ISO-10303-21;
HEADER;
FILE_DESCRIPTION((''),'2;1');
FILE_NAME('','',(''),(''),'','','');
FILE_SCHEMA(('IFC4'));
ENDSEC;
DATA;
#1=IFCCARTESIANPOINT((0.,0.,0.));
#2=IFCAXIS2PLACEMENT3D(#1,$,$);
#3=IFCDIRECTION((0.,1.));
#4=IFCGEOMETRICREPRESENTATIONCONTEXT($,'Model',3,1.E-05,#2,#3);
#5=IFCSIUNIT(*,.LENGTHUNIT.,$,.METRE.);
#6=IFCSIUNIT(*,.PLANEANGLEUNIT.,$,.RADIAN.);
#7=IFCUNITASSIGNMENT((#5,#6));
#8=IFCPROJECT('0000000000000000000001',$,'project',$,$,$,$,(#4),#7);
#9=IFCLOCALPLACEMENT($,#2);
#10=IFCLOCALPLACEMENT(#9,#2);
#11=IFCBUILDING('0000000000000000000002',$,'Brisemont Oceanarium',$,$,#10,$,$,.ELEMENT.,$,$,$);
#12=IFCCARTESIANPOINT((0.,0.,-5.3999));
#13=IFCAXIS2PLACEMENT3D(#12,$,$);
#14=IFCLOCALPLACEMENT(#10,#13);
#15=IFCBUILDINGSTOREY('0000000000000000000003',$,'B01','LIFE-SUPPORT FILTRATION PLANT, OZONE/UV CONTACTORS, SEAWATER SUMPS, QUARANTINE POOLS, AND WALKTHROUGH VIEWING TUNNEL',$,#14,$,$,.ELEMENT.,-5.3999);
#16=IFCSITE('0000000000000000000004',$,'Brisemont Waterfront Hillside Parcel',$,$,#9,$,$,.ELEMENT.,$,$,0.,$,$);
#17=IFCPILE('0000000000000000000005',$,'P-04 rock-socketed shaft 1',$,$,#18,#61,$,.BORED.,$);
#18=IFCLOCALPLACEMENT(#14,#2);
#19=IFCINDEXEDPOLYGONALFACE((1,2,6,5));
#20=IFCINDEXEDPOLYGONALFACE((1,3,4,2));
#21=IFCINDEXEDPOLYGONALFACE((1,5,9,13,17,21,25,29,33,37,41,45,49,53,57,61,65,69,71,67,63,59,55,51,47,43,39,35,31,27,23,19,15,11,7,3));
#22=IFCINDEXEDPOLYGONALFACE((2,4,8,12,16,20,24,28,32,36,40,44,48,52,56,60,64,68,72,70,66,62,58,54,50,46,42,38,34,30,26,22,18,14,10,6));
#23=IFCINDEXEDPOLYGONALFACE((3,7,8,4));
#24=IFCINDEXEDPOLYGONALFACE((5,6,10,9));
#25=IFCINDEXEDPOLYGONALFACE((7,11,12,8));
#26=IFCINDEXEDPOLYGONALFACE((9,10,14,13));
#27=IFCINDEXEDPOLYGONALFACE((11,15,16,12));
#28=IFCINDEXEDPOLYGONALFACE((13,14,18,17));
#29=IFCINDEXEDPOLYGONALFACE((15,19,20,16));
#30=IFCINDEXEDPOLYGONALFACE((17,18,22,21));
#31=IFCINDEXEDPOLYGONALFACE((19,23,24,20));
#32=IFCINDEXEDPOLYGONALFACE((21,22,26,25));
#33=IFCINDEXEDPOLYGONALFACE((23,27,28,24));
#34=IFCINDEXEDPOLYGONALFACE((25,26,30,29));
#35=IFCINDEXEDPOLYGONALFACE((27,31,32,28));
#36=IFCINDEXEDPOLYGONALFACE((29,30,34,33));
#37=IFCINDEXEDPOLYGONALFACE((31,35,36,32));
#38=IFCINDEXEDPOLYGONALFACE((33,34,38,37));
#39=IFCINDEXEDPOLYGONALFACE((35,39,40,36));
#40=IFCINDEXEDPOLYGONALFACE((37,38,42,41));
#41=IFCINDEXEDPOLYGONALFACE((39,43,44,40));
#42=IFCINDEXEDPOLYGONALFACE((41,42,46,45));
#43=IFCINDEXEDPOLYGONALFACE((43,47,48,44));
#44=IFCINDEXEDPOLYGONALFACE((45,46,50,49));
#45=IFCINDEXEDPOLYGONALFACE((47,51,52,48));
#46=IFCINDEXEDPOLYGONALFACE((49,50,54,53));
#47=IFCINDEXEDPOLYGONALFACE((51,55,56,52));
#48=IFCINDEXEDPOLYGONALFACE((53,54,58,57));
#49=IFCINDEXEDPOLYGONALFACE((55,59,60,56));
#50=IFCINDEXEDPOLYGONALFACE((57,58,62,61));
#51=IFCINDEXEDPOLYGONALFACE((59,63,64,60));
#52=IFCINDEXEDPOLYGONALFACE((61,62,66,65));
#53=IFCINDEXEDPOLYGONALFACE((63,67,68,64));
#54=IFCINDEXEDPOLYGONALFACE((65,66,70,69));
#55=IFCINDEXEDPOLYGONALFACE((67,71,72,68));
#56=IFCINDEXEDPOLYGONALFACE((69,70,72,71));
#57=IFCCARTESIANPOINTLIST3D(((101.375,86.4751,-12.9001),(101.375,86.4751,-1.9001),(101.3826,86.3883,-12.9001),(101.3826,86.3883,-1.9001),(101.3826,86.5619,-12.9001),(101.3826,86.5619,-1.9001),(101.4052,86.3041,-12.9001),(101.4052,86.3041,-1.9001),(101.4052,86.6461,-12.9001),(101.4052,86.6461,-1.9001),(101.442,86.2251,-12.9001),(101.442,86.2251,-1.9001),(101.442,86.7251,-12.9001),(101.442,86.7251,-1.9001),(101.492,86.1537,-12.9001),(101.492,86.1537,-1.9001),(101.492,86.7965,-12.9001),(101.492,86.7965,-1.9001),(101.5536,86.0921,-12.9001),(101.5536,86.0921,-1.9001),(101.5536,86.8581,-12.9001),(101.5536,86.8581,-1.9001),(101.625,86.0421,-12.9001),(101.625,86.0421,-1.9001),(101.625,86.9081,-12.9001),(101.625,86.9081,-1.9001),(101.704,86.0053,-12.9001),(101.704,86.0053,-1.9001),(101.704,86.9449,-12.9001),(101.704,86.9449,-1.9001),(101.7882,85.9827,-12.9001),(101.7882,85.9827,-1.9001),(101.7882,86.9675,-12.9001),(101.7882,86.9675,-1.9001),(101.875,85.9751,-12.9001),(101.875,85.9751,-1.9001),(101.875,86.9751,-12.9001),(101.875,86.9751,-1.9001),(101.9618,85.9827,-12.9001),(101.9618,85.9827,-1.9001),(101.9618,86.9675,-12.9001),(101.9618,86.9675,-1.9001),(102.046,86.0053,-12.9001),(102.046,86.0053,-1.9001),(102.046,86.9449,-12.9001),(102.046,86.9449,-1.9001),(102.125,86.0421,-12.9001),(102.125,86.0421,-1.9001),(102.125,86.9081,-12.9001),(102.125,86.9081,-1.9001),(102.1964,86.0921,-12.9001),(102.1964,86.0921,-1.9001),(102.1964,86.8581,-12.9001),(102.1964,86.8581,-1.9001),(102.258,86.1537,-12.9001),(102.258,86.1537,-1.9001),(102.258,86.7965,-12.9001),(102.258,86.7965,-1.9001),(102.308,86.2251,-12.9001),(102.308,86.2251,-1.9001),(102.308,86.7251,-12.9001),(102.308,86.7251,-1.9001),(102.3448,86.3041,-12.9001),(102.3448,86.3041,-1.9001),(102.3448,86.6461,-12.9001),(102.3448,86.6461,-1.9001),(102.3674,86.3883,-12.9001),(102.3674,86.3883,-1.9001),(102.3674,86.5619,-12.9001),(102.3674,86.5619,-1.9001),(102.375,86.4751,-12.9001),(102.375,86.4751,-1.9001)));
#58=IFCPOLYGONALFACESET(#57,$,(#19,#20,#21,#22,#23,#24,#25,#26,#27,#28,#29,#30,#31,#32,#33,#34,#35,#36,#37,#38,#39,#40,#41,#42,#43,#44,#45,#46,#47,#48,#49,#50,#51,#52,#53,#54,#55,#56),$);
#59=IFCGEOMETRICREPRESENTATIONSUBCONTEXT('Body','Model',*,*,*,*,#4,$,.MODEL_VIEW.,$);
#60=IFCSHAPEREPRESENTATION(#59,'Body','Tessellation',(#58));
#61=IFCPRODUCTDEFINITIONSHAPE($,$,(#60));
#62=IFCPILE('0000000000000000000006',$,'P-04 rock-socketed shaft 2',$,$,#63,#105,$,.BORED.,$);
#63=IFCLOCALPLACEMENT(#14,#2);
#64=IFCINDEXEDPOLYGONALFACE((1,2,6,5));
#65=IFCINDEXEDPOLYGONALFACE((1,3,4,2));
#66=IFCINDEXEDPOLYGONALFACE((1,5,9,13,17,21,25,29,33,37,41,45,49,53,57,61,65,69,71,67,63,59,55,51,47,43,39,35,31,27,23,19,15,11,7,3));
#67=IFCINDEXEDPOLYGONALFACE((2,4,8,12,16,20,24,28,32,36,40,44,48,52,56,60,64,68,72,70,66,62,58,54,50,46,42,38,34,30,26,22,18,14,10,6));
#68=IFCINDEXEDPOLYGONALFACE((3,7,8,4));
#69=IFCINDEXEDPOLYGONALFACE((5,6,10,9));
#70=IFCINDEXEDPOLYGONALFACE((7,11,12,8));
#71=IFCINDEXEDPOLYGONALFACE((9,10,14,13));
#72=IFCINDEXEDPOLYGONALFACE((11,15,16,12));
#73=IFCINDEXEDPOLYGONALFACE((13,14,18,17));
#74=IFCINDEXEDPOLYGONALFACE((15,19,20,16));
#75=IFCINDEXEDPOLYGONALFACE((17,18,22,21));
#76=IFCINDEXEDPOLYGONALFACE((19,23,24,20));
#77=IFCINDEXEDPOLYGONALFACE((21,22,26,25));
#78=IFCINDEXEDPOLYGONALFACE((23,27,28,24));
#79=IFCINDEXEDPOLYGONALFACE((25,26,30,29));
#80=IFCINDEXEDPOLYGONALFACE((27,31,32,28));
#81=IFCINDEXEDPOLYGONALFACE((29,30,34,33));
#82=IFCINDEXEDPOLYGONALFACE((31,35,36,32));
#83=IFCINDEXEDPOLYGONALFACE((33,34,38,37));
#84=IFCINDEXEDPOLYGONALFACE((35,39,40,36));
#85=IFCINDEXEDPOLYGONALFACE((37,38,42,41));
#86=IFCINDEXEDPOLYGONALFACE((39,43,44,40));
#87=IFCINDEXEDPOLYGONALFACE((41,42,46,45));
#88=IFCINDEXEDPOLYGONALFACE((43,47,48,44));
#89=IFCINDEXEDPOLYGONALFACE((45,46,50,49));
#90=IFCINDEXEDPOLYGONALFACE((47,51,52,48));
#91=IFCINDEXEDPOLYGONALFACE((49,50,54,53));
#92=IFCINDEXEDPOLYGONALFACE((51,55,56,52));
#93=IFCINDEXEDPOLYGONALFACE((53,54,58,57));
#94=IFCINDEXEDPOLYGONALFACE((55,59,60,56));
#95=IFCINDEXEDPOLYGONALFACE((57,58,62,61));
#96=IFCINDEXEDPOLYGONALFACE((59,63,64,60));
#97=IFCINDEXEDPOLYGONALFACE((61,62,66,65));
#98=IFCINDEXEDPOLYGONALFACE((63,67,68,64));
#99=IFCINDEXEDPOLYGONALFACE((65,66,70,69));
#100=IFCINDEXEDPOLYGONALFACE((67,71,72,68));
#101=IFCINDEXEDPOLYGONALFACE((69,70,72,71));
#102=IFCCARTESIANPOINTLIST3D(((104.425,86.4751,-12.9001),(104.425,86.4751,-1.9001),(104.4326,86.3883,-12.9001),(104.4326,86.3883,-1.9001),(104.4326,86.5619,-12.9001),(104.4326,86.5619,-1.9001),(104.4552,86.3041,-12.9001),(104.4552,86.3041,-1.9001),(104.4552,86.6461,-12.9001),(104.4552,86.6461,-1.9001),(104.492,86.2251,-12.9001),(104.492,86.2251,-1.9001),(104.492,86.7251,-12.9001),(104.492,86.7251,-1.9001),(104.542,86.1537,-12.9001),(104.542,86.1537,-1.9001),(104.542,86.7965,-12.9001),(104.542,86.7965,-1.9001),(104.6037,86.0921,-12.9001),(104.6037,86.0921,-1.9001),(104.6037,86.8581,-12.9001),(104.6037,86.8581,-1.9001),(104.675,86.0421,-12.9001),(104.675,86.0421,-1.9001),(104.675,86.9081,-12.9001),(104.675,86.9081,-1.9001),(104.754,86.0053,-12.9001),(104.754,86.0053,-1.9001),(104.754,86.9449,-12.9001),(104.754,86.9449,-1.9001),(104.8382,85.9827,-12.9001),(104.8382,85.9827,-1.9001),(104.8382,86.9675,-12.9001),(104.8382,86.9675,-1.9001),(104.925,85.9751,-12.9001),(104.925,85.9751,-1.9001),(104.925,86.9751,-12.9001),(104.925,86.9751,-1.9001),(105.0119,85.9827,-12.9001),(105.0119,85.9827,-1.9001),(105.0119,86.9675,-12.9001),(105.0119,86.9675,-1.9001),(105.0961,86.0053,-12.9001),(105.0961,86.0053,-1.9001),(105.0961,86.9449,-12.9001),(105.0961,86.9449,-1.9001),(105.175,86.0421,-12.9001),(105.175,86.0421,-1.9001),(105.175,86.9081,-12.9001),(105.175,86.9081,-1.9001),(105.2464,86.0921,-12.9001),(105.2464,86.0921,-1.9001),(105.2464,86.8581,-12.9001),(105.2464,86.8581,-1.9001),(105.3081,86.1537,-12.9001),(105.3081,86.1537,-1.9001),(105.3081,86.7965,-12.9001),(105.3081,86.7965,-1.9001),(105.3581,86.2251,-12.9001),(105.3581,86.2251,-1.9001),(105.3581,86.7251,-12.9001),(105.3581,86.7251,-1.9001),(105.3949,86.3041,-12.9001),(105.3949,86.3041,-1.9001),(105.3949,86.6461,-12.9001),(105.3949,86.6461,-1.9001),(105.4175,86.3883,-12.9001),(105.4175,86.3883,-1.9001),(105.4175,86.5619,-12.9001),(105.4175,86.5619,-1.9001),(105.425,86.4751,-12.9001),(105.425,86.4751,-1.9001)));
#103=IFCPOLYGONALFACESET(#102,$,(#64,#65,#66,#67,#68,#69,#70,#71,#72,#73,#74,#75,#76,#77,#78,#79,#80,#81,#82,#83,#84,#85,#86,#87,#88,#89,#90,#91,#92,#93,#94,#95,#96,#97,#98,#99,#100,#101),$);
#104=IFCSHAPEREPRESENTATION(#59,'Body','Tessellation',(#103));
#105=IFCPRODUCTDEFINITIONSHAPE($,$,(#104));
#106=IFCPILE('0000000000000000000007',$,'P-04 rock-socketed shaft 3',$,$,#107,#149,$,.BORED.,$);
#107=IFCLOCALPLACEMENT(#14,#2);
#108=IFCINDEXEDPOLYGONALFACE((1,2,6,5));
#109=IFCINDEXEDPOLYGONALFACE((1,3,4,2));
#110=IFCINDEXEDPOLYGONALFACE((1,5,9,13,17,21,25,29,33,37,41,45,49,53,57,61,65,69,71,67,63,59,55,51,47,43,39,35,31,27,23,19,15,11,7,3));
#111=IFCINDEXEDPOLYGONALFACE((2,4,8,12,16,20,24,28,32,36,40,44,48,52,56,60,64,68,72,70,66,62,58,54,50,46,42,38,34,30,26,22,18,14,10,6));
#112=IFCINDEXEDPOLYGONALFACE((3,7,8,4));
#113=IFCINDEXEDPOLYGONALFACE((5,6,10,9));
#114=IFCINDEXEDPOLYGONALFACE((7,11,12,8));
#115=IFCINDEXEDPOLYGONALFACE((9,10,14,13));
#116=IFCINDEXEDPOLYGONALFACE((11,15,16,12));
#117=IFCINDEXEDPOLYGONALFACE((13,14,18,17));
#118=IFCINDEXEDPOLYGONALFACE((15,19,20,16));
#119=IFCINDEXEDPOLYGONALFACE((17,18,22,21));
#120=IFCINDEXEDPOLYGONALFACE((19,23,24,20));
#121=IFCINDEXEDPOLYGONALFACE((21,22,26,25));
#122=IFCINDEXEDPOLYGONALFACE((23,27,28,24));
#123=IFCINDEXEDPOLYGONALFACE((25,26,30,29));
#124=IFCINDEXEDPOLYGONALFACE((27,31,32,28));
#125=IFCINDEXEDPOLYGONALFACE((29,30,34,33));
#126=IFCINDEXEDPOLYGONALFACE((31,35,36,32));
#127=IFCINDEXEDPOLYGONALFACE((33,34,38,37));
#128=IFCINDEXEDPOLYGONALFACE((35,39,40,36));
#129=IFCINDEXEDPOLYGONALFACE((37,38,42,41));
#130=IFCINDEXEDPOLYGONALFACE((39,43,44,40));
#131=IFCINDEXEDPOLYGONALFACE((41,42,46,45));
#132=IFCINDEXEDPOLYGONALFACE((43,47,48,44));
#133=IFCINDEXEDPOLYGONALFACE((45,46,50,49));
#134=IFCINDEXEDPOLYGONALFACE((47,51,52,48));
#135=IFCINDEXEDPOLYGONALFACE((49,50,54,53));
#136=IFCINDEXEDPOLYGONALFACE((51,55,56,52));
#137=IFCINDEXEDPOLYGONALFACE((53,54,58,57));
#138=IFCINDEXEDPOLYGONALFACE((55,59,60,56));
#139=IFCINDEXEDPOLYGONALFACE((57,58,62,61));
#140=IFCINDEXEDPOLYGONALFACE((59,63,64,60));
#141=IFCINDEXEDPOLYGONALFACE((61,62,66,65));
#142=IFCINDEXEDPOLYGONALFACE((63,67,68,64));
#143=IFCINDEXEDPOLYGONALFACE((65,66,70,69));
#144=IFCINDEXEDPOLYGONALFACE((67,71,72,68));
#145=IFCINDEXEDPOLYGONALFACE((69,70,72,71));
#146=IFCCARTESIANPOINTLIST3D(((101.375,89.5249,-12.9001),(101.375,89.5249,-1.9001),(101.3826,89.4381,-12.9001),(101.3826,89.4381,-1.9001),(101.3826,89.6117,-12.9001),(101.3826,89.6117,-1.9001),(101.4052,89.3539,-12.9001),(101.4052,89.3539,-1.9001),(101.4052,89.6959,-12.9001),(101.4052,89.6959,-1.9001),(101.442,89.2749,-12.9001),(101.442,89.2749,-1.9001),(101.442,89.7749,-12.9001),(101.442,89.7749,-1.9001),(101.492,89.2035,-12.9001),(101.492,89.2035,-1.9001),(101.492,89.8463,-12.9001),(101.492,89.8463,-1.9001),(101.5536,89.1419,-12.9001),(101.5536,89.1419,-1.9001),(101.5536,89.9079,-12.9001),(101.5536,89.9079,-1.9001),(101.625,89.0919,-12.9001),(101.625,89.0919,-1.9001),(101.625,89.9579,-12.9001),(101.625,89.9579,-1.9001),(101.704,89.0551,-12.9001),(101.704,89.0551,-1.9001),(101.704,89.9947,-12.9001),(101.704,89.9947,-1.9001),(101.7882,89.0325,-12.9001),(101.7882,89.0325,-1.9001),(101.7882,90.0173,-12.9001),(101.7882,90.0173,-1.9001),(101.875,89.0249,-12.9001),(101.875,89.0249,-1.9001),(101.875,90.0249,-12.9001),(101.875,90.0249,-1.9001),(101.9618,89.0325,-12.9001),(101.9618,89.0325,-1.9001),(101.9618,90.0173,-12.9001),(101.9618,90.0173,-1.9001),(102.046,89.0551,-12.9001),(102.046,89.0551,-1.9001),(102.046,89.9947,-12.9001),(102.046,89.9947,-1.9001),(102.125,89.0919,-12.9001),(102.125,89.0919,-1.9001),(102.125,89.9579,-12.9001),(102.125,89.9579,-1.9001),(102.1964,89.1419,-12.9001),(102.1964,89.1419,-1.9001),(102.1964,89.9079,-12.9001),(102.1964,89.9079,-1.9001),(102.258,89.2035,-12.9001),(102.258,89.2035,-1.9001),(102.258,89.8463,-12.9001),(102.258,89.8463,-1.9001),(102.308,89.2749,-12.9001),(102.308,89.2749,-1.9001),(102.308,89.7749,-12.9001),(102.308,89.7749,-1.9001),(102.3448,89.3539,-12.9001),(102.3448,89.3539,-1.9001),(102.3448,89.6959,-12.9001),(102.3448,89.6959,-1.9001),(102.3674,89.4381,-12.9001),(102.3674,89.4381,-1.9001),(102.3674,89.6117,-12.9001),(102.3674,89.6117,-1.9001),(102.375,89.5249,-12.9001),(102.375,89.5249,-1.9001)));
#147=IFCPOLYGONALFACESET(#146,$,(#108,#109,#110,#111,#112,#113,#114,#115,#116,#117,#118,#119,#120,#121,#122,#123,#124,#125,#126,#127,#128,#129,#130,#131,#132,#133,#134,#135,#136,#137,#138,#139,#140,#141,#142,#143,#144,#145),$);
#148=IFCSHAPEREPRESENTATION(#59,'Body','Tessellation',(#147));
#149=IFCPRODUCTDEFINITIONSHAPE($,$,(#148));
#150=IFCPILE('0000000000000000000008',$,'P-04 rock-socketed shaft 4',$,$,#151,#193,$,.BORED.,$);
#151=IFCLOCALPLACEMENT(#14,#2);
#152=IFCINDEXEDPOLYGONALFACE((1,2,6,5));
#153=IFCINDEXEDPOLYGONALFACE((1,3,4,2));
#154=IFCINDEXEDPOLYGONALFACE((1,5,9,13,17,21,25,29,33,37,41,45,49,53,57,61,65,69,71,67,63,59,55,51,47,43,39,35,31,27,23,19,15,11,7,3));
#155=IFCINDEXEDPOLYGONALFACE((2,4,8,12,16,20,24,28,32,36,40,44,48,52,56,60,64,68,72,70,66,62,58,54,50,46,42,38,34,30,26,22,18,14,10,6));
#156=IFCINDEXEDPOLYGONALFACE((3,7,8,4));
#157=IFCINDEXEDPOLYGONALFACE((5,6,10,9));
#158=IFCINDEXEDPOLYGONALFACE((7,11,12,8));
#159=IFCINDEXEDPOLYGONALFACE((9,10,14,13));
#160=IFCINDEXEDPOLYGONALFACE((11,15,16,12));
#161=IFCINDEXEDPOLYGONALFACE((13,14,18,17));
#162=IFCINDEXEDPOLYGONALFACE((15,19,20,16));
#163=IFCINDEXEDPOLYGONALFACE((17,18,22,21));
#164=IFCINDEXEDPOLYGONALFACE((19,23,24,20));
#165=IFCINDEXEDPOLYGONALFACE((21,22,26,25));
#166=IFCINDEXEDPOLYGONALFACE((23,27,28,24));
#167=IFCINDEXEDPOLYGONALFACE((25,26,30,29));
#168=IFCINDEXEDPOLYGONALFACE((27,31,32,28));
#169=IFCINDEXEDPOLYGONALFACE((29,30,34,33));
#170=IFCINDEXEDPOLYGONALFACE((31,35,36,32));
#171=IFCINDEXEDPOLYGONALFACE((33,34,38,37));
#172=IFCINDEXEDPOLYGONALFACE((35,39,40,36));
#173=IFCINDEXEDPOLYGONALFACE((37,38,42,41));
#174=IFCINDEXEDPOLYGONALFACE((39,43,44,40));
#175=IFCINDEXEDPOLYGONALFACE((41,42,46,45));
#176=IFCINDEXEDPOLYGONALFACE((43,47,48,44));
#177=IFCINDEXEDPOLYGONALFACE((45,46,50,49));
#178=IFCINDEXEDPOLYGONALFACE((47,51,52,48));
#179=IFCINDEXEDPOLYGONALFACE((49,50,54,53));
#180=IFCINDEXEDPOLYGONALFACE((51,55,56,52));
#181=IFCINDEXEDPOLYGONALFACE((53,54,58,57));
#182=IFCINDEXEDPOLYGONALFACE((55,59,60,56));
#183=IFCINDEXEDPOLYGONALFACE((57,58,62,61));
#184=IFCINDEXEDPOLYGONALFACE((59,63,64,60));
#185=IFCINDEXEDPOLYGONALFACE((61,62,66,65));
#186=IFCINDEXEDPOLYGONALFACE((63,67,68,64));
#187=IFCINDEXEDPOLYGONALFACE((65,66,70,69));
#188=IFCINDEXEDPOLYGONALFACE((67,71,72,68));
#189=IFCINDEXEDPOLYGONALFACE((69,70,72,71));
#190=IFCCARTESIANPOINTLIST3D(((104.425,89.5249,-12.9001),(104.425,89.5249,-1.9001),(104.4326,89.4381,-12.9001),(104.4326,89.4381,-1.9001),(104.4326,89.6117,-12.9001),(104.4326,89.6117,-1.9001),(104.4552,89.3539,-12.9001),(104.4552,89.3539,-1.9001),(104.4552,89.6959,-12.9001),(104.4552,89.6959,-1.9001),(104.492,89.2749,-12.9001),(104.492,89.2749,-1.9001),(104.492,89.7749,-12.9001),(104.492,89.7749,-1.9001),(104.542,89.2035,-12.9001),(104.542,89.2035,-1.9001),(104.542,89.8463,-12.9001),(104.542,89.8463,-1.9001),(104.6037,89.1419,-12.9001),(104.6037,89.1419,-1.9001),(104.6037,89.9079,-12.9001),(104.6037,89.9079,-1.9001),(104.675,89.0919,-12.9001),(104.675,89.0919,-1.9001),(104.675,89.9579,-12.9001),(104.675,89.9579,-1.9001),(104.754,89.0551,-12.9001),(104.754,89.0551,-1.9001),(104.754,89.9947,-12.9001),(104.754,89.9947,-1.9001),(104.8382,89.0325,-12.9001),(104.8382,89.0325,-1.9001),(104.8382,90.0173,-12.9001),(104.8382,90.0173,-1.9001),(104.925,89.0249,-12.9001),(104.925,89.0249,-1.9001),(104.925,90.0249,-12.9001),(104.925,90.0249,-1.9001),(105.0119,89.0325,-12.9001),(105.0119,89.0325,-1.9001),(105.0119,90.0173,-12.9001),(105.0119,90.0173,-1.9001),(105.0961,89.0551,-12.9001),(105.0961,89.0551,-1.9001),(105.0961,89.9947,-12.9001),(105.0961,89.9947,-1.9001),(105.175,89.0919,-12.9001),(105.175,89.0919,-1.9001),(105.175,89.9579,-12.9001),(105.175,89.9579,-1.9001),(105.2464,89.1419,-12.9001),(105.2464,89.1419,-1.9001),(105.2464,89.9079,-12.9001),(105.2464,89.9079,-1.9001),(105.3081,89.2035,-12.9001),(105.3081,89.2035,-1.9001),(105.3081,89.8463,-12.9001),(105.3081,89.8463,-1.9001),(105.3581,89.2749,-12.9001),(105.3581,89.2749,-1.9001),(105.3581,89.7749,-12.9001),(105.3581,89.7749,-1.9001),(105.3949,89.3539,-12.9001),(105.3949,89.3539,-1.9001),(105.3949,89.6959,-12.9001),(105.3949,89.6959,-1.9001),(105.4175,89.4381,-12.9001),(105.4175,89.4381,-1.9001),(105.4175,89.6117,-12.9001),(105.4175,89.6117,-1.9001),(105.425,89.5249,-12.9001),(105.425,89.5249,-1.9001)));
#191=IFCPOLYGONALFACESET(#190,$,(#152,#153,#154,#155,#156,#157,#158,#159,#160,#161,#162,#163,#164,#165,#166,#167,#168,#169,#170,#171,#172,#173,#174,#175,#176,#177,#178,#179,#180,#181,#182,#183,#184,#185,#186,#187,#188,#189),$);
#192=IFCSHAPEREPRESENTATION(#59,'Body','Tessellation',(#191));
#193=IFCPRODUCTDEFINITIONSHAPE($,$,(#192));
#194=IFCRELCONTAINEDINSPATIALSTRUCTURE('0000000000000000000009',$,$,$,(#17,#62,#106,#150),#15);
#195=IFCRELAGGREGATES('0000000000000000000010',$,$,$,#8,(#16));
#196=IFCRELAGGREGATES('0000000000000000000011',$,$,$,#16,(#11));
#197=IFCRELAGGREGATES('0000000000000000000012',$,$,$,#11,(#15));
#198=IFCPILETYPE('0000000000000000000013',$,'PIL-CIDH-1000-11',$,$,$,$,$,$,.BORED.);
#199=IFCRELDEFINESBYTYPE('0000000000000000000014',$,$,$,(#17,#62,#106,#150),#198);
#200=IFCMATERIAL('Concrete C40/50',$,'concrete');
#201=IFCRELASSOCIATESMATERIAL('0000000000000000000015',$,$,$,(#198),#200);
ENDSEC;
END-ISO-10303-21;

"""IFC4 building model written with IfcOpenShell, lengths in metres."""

from ifc_helpers import new_model, si_unit, direction, frame, origin, origin_2d, place, context, subcontext, project, spatial, circle, extrude, material, material_profile, profile_set, type_object, element, save


model = new_model("IFC4")

# Units and contexts
model_context = context("Model", 3, precision=1e-05, world=origin(), true_north=direction((0.0, 1.0)))
body_context = subcontext(model_context, "Body", "Model", "MODEL_VIEW")
ifc_project = project(units=[si_unit("LENGTHUNIT", "METRE"), si_unit("PLANEANGLEUNIT", "RADIAN")], contexts=[model_context])

# Site, building, storey
site_placement = place(None, origin())
site = spatial("IfcSite", under=ifc_project, at=site_placement, Name="Brisemont Waterfront Hillside Parcel", CompositionType="ELEMENT", RefElevation=0.0)
building_placement = place(site_placement, origin())
building = spatial("IfcBuilding", under=site, at=building_placement, Name="Brisemont Oceanarium", CompositionType="ELEMENT")
storey_placement = place(building_placement, frame((0.0, 0.0, -5.3999)))
storey = spatial("IfcBuildingStorey", under=building, at=storey_placement, Name="B01", Description="LIFE-SUPPORT FILTRATION PLANT, OZONE/UV CONTACTORS, SEAWATER SUMPS, QUARANTINE POOLS, AND WALKTHROUGH VIEWING TUNNEL", CompositionType="ELEMENT", Elevation=-5.3999)

# Piles
ifc_material_1 = material(Name="Concrete C40/50", Category="concrete")
ifc_material_profile_1 = material_profile(ifc_material_1, circle(Radius=0.5, at=origin_2d()), Name="CIDH-D1000")
ifc_profile_set_1 = profile_set([ifc_material_profile_1], Name="Concrete C40/50")
pile_type_1 = type_object("IfcPileType", Name="PIL-CIDH-1000-11", PredefinedType="BORED", material=ifc_profile_set_1)
for number, where, z_axis, x_axis, name in (
    (1, (101.875, 86.4751, -1.9001), (0.0, 0.0, -1.0), (1.0, 0.0, 0.0), "P-04 rock-socketed shaft 1"),
    (2, (104.925, 86.4751, -1.9001), (0.0, 0.0, -1.0), (1.0, 0.0, 0.0), "P-04 rock-socketed shaft 2"),
    (3, (101.875, 89.5249, -1.9001), (0.0, 0.0, -1.0), (1.0, 0.0, 0.0), "P-04 rock-socketed shaft 3"),
    (4, (104.925, 89.5249, -1.9001), (0.0, 0.0, -1.0), (1.0, 0.0, 0.0), "P-04 rock-socketed shaft 4"),
):
    element("IfcPile", number, at=place(storey_placement, frame(where, z_axis=z_axis, x_axis=x_axis)), inside=storey, type_object=pile_type_1, Name=name, PredefinedType="BORED", context=body_context, shape_type="SweptSolid", body=[
        extrude(circle(Radius=0.5, at=origin_2d()), origin(), (0.0, 0.0, 1.0), 11.0),
    ])

save(model, "model.ifc")
